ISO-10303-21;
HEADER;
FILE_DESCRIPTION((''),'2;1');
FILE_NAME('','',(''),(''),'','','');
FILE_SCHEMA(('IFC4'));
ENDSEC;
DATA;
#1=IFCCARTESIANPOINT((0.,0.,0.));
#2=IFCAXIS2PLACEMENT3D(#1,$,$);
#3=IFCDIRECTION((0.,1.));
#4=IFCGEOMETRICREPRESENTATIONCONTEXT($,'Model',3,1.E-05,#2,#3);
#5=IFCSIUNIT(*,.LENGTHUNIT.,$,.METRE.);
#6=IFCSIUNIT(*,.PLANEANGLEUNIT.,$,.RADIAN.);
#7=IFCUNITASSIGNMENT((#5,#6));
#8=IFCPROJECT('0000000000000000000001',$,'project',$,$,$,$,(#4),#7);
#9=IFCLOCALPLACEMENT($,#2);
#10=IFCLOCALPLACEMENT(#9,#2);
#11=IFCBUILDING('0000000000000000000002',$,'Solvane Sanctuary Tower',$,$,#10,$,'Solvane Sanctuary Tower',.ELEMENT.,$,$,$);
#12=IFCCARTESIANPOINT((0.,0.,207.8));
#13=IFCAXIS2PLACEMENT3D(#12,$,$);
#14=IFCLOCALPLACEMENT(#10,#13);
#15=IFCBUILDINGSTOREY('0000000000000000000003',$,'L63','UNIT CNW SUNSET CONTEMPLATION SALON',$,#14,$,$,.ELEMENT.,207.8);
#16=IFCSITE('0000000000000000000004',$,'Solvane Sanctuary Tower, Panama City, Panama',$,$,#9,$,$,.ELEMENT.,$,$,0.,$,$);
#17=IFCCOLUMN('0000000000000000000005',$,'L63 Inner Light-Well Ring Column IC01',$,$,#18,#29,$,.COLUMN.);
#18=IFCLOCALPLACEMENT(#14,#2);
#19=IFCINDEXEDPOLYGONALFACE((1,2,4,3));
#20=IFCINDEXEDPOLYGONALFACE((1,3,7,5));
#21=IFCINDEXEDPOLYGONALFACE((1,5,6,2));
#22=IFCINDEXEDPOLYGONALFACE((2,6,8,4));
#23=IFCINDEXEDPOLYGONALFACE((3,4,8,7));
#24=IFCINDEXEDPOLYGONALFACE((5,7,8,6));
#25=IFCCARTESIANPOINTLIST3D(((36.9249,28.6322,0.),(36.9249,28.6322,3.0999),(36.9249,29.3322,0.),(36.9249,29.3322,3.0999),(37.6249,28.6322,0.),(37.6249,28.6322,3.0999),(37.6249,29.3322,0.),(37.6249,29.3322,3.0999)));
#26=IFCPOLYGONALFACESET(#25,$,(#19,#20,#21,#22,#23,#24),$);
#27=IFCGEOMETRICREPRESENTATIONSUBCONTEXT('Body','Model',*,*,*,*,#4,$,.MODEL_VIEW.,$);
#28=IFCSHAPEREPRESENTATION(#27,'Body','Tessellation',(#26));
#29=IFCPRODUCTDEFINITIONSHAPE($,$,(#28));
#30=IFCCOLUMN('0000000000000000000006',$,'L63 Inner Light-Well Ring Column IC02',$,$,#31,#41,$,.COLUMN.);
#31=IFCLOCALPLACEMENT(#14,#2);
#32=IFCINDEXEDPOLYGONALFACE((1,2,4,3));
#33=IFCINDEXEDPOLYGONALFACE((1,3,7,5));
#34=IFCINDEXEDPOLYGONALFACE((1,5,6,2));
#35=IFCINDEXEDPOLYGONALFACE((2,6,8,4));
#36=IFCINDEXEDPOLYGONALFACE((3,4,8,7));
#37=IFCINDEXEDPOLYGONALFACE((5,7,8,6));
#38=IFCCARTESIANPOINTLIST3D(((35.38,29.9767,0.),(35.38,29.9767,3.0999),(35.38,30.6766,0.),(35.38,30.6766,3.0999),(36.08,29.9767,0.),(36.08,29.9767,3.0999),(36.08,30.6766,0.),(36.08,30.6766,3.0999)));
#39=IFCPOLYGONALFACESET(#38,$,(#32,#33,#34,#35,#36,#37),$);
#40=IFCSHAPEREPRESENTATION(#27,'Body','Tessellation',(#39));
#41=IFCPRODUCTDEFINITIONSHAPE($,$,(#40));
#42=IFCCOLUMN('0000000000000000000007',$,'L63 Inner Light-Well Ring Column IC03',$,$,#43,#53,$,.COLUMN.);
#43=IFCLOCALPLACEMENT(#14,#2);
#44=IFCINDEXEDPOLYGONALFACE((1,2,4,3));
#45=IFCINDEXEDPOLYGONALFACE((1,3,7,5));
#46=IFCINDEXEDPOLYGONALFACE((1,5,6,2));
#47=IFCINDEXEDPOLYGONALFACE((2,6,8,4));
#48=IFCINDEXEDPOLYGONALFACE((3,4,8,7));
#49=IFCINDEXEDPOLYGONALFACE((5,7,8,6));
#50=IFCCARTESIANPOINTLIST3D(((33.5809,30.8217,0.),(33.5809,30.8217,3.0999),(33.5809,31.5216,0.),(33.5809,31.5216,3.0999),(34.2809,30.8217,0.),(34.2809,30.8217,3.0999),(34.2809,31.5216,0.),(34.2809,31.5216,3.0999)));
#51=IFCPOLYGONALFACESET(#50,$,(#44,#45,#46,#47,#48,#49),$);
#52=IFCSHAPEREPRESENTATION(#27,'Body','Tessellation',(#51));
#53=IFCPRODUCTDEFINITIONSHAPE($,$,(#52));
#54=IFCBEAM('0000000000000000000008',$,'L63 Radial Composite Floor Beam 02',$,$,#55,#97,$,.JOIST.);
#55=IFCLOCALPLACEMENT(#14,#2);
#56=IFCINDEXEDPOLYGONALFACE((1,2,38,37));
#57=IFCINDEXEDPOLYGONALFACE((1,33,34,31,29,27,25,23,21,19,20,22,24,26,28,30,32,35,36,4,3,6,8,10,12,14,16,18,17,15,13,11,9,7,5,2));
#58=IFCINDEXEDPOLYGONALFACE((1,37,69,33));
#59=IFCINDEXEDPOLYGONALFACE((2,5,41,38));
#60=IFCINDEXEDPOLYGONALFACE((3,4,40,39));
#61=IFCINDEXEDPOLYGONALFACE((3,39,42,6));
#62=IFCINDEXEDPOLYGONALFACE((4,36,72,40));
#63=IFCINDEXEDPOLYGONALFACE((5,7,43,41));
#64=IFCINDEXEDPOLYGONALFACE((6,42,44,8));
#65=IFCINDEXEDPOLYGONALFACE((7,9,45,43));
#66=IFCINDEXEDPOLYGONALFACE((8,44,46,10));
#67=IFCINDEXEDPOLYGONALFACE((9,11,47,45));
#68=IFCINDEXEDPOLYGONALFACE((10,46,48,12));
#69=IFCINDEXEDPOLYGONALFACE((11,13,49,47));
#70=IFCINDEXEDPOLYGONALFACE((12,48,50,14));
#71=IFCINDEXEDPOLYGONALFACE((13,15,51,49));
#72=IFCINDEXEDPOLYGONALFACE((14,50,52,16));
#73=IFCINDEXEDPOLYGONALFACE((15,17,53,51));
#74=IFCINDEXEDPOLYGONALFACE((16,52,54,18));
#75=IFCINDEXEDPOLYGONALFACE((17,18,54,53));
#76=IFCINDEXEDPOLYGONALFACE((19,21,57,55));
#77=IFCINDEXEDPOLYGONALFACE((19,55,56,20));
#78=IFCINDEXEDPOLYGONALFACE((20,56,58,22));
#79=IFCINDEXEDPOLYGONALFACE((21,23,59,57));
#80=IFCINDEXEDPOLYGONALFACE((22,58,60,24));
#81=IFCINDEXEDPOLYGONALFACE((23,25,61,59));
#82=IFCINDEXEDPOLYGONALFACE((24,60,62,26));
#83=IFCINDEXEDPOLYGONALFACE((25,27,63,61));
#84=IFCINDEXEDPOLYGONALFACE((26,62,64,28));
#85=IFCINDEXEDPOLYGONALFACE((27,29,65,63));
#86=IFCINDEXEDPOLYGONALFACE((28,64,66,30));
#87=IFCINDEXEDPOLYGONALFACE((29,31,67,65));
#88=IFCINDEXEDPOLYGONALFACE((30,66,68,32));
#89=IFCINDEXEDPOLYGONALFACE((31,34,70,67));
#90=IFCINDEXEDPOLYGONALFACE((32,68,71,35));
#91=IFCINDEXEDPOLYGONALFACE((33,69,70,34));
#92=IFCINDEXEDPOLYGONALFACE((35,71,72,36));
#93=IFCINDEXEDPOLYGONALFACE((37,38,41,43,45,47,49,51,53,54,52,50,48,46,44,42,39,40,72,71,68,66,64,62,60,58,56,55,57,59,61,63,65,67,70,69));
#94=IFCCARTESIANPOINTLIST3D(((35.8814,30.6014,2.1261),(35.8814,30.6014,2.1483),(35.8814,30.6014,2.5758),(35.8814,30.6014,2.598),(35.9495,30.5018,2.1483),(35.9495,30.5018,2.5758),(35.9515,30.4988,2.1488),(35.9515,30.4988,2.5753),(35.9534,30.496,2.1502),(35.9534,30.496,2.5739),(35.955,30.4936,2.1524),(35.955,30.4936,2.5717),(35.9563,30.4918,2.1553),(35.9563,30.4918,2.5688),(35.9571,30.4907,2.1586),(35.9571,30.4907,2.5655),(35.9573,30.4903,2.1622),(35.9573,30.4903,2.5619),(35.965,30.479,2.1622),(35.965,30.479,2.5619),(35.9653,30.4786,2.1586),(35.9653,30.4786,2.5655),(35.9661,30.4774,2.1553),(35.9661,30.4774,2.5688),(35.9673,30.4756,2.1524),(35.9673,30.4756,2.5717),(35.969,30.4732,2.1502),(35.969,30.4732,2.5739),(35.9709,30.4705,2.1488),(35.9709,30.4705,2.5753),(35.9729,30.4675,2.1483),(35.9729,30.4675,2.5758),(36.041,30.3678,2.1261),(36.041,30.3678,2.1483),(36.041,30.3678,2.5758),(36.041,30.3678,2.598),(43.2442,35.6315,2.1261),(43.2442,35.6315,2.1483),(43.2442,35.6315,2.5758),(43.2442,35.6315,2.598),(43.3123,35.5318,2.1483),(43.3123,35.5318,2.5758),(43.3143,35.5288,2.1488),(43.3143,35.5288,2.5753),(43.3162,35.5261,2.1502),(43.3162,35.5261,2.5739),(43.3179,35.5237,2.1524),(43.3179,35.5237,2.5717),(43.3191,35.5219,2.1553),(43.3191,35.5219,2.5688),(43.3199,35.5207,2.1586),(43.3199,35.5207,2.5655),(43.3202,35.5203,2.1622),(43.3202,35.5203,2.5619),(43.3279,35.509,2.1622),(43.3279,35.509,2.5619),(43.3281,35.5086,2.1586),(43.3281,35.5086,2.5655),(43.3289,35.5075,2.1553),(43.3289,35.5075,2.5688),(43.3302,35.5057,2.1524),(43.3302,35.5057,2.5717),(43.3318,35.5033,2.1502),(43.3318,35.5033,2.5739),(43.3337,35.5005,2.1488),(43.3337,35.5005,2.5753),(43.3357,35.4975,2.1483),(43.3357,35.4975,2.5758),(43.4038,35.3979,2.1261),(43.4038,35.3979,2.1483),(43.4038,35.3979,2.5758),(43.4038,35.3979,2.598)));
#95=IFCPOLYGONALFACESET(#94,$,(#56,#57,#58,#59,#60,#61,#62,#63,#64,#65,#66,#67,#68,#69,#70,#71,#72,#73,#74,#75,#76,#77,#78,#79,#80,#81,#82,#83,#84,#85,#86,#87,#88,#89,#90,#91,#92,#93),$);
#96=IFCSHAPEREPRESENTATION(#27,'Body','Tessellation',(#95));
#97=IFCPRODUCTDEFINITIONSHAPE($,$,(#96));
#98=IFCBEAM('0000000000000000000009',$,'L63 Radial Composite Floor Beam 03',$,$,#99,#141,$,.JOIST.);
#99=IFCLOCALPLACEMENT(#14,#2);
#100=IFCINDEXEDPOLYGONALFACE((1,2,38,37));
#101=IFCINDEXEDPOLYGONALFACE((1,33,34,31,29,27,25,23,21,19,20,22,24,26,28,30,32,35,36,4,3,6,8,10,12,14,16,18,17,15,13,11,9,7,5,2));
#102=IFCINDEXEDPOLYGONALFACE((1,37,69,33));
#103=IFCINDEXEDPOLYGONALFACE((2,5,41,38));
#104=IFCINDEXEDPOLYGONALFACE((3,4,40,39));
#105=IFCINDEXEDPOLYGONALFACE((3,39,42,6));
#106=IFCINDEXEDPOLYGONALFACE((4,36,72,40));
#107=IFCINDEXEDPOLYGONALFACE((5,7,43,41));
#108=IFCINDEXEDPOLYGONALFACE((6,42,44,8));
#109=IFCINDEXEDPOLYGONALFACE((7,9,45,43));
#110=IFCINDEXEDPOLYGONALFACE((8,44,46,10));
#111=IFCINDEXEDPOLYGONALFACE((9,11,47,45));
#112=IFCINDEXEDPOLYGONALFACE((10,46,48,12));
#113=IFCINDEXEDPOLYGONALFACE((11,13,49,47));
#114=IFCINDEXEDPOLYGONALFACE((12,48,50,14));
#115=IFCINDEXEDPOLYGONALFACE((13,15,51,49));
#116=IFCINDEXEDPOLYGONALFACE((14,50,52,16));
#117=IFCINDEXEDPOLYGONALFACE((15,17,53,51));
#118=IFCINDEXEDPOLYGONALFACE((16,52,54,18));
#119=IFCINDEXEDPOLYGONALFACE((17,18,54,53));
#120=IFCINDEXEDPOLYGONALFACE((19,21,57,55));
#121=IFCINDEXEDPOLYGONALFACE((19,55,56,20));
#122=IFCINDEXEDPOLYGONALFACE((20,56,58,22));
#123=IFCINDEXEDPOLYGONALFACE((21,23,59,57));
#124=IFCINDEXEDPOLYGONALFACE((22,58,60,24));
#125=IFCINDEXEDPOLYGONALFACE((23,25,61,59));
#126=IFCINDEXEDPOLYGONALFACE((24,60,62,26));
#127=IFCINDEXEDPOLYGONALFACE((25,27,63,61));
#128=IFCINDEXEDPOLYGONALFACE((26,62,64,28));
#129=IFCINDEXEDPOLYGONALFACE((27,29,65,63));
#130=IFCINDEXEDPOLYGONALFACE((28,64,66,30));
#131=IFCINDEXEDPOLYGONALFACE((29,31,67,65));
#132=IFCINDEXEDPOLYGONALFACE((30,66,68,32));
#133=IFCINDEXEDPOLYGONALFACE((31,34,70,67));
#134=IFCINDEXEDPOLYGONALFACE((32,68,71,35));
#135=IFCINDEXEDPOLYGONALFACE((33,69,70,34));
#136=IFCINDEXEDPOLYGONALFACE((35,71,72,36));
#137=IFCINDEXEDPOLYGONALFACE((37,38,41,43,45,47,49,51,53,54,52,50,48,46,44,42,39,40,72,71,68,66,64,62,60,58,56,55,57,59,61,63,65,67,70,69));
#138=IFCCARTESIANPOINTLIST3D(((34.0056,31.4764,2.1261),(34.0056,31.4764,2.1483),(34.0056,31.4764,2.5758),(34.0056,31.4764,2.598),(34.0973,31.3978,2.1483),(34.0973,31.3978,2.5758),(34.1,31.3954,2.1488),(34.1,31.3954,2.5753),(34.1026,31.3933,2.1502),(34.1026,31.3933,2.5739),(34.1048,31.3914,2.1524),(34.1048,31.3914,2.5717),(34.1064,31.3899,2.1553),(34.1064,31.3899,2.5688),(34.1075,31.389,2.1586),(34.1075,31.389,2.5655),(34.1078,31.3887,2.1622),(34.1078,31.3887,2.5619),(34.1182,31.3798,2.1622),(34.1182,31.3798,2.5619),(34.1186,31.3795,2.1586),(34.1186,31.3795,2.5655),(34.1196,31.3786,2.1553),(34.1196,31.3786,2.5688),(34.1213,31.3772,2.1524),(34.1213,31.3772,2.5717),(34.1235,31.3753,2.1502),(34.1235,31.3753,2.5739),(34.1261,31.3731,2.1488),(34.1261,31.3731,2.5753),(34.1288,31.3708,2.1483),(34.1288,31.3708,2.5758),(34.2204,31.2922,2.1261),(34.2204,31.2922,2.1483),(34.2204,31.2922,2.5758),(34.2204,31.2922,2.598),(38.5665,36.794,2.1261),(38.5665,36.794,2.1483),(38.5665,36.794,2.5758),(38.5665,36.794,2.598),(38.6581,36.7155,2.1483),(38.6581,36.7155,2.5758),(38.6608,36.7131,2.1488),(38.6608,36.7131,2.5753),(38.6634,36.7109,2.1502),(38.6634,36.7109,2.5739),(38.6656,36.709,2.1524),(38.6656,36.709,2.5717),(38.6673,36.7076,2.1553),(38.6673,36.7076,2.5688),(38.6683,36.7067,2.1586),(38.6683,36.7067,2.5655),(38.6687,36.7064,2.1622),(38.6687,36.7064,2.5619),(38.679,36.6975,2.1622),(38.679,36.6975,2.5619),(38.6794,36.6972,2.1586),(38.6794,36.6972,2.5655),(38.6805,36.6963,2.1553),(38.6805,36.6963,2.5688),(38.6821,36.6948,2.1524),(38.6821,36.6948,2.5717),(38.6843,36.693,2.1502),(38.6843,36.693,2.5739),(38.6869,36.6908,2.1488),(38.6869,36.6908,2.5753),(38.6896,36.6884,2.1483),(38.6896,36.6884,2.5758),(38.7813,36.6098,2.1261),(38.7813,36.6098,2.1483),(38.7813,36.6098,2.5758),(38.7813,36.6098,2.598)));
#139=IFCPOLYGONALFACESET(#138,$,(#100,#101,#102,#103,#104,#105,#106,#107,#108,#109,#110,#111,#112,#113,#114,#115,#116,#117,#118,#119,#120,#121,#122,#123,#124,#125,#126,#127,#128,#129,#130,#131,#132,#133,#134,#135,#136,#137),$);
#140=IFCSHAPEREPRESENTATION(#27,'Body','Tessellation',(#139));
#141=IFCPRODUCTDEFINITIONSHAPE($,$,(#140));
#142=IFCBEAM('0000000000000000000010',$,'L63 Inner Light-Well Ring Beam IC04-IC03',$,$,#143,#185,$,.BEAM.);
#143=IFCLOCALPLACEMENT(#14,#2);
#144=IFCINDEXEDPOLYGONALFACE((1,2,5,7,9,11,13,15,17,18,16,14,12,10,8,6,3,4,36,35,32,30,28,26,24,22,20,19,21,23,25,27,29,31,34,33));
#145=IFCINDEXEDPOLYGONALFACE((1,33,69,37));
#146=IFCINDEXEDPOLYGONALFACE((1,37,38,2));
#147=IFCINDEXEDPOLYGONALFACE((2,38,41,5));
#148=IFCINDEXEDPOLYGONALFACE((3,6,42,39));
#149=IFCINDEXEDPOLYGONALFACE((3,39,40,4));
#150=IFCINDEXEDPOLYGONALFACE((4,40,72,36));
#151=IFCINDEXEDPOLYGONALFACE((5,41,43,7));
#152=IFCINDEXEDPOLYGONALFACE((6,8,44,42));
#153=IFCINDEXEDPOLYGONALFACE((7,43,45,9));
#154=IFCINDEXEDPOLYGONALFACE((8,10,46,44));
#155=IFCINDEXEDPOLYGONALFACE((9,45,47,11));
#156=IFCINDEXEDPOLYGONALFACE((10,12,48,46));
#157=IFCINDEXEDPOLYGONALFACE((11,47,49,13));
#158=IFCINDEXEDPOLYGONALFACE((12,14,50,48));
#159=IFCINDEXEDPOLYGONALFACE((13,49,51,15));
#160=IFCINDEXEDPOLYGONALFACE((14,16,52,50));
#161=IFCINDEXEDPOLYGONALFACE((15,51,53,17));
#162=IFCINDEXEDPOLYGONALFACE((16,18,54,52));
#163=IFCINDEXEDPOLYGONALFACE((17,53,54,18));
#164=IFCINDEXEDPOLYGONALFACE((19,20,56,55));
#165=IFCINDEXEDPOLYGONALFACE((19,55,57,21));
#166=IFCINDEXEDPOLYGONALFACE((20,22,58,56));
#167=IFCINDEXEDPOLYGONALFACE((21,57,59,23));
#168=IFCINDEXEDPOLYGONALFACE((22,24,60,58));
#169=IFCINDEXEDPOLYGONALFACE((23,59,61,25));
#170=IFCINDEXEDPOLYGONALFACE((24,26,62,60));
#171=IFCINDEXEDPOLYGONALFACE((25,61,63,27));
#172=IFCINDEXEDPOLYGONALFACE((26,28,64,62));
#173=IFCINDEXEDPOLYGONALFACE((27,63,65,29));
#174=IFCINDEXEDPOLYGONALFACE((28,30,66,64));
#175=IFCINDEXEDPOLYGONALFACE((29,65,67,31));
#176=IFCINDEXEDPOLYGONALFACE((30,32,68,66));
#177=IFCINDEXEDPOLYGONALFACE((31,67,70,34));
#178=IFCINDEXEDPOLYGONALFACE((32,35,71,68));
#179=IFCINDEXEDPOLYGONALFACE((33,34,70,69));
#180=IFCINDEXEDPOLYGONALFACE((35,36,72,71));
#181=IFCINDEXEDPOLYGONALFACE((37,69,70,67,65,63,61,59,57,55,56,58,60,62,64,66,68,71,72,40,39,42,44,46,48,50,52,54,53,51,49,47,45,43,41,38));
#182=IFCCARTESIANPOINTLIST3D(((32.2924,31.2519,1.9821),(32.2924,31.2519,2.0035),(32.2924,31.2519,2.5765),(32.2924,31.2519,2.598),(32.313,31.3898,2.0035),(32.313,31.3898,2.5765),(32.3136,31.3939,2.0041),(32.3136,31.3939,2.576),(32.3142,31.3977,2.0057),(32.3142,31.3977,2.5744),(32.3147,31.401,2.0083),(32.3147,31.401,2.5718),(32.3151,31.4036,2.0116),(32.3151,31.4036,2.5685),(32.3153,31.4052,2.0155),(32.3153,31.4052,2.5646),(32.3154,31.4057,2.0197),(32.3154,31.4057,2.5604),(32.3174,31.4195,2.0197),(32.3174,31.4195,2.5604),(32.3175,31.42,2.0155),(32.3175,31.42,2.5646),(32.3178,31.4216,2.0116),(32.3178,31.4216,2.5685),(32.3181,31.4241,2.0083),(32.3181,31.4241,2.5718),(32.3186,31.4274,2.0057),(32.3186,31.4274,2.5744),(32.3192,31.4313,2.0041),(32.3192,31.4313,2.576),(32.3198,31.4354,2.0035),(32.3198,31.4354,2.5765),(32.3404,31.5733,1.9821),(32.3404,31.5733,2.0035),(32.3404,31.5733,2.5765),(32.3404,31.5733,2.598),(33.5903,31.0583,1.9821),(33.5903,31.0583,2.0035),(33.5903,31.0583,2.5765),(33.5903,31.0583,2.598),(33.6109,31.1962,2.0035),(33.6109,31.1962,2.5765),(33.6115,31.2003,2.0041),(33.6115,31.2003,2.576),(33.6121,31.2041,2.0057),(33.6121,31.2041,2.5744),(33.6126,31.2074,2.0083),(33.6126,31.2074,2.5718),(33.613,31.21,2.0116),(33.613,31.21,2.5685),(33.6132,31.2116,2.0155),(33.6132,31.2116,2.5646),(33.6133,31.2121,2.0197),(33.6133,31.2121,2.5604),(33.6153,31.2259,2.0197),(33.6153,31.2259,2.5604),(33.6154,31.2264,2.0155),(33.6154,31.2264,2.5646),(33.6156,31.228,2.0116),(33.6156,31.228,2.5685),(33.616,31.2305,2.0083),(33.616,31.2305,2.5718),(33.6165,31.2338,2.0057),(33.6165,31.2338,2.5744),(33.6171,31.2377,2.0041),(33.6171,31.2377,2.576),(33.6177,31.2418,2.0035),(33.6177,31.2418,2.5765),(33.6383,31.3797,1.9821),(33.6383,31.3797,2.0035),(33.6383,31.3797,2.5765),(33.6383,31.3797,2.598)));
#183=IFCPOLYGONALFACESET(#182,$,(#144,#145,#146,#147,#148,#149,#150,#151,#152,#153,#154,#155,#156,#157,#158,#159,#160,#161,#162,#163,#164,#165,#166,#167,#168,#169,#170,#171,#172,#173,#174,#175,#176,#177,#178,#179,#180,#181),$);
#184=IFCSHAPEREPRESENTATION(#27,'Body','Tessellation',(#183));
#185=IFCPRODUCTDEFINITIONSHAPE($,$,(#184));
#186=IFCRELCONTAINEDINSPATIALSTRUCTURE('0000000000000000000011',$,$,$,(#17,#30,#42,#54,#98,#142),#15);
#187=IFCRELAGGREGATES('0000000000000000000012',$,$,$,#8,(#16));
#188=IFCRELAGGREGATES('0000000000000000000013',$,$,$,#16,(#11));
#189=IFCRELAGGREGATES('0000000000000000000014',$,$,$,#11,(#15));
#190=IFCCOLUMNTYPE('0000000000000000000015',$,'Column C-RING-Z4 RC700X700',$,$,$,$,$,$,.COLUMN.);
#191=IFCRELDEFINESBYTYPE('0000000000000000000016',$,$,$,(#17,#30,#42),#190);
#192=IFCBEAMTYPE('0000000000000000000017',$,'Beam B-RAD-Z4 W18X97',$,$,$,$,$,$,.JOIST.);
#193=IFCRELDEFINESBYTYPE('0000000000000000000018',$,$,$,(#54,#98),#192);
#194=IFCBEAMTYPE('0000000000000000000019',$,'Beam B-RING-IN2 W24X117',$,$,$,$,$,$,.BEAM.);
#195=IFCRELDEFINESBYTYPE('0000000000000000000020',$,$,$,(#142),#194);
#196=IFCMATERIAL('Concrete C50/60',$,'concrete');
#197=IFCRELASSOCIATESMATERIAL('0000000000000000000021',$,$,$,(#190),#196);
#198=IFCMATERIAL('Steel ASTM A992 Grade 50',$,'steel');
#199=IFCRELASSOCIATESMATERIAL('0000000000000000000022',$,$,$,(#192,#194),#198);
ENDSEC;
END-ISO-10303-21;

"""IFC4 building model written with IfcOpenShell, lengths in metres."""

from ifc_helpers import new_model, si_unit, direction, frame, origin, origin_2d, place, context, subcontext, project, spatial, rectangle, i_section, extrude, material, material_profile, profile_set, type_object, element, save


model = new_model("IFC4")

# Units and contexts
model_context = context("Model", 3, precision=1e-05, world=origin(), true_north=direction((0.0, 1.0)))
body_context = subcontext(model_context, "Body", "Model", "MODEL_VIEW")
ifc_project = project(units=[si_unit("LENGTHUNIT", "METRE"), si_unit("PLANEANGLEUNIT", "RADIAN")], contexts=[model_context])

# Site, building, storey
site_placement = place(None, origin())
site = spatial("IfcSite", under=ifc_project, at=site_placement, Name="Solvane Sanctuary Tower, Panama City, Panama", CompositionType="ELEMENT", RefElevation=0.0)
building_placement = place(site_placement, origin())
building = spatial("IfcBuilding", under=site, at=building_placement, Name="Solvane Sanctuary Tower", LongName="Solvane Sanctuary Tower", CompositionType="ELEMENT")
storey_placement = place(building_placement, frame((0.0, 0.0, 207.8)))
storey = spatial("IfcBuildingStorey", under=building, at=storey_placement, Name="L63", Description="UNIT CNW SUNSET CONTEMPLATION SALON", CompositionType="ELEMENT", Elevation=207.8)

# Columns
ifc_material_1 = material(Name="Concrete C50/60", Category="concrete")
ifc_material_profile_1 = material_profile(ifc_material_1, rectangle(XDim=0.7, YDim=0.7, at=origin_2d()), Name="RC700X700")
ifc_profile_set_1 = profile_set([ifc_material_profile_1], Name="Concrete C50/60")
column_type = type_object("IfcColumnType", Name="Column C-RING-Z4 RC700X700", PredefinedType="COLUMN", material=ifc_profile_set_1)
for number, where, z_axis, x_axis, name in (
    (1, (37.2749, 28.9822, 0.0), (0.0, 0.0, 1.0), (1.0, 0.0, 0.0), "L63 Inner Light-Well Ring Column IC01"),
    (2, (35.73, 30.3267, 0.0), (0.0, 0.0, 1.0), (1.0, 0.0, 0.0), "L63 Inner Light-Well Ring Column IC02"),
    (3, (33.9309, 31.1716, 0.0), (0.0, 0.0, 1.0), (1.0, 0.0, 0.0), "L63 Inner Light-Well Ring Column IC03"),
):
    element("IfcColumn", number, at=place(storey_placement, frame(where, z_axis=z_axis, x_axis=x_axis)), inside=storey, type_object=column_type, Name=name, PredefinedType="COLUMN", context=body_context, shape_type="SweptSolid", body=[
        extrude(rectangle(XDim=0.7, YDim=0.7, at=origin_2d()), origin(), (0.0, 0.0, 1.0), 3.0999),
    ])

# Beams
ifc_material_2 = material(Name="Steel ASTM A992 Grade 50", Category="steel")
ifc_material_profile_2 = material_profile(ifc_material_2, i_section(OverallWidth=0.283, OverallDepth=0.4719, WebThickness=0.0137, FlangeThickness=0.0222, FilletRadius=0.0139, at=origin_2d()), Name="W18X97")
ifc_profile_set_2 = profile_set([ifc_material_profile_2], Name="Steel ASTM A992 Grade 50")
beam_type_1 = type_object("IfcBeamType", Name="Beam B-RAD-Z4 W18X97", PredefinedType="JOIST", material=ifc_profile_set_2)
beam_1_placement = place(storey_placement, frame((35.9612, 30.4846, 2.3621), z_axis=(0.825708, 0.564098, 0.0), x_axis=(-0.564098, 0.825708, 0.0)))
element("IfcBeam", 4, at=beam_1_placement, inside=storey, type_object=beam_type_1, Name="L63 Radial Composite Floor Beam 02", PredefinedType="JOIST", context=body_context, shape_type="SweptSolid", body=[
    extrude(i_section(OverallWidth=0.283, OverallDepth=0.4719, WebThickness=0.0137, FlangeThickness=0.0222, FilletRadius=0.0139, at=origin_2d()), origin(), (0.0, 0.0, 1.0), 8.917),
])
beam_2_placement = place(storey_placement, frame((34.113, 31.3843, 2.3621), z_axis=(0.651024, 0.759057, 0.0), x_axis=(-0.759057, 0.651024, 0.0)))
element("IfcBeam", 5, at=beam_2_placement, inside=storey, type_object=beam_type_1, Name="L63 Radial Composite Floor Beam 03", PredefinedType="JOIST", context=body_context, shape_type="SweptSolid", body=[
    extrude(i_section(OverallWidth=0.283, OverallDepth=0.4719, WebThickness=0.0137, FlangeThickness=0.0222, FilletRadius=0.0139, at=origin_2d()), origin(), (0.0, 0.0, 1.0), 7.0056),
])
ifc_material_profile_3 = material_profile(ifc_material_2, i_section(OverallWidth=0.325, OverallDepth=0.616, WebThickness=0.0139, FlangeThickness=0.0215, FilletRadius=0.0161, at=origin_2d()), Name="W24X117")
ifc_profile_set_3 = profile_set([ifc_material_profile_3], Name="Steel ASTM A992 Grade 50")
beam_type_2 = type_object("IfcBeamType", Name="Beam B-RING-IN2 W24X117", PredefinedType="BEAM", material=ifc_profile_set_3)
beam_3_placement = place(storey_placement, frame((32.3164, 31.4126, 2.29), z_axis=(0.989056, -0.14754, 0.0), x_axis=(0.14754, 0.989056, 0.0)))
element("IfcBeam", 6, at=beam_3_placement, inside=storey, type_object=beam_type_2, Name="L63 Inner Light-Well Ring Beam IC04-IC03", PredefinedType="BEAM", context=body_context, shape_type="SweptSolid", body=[
    extrude(i_section(OverallWidth=0.325, OverallDepth=0.616, WebThickness=0.0139, FlangeThickness=0.0215, FilletRadius=0.0161, at=origin_2d()), origin(), (0.0, 0.0, 1.0), 1.3123),
])

save(model, "model.ifc")
